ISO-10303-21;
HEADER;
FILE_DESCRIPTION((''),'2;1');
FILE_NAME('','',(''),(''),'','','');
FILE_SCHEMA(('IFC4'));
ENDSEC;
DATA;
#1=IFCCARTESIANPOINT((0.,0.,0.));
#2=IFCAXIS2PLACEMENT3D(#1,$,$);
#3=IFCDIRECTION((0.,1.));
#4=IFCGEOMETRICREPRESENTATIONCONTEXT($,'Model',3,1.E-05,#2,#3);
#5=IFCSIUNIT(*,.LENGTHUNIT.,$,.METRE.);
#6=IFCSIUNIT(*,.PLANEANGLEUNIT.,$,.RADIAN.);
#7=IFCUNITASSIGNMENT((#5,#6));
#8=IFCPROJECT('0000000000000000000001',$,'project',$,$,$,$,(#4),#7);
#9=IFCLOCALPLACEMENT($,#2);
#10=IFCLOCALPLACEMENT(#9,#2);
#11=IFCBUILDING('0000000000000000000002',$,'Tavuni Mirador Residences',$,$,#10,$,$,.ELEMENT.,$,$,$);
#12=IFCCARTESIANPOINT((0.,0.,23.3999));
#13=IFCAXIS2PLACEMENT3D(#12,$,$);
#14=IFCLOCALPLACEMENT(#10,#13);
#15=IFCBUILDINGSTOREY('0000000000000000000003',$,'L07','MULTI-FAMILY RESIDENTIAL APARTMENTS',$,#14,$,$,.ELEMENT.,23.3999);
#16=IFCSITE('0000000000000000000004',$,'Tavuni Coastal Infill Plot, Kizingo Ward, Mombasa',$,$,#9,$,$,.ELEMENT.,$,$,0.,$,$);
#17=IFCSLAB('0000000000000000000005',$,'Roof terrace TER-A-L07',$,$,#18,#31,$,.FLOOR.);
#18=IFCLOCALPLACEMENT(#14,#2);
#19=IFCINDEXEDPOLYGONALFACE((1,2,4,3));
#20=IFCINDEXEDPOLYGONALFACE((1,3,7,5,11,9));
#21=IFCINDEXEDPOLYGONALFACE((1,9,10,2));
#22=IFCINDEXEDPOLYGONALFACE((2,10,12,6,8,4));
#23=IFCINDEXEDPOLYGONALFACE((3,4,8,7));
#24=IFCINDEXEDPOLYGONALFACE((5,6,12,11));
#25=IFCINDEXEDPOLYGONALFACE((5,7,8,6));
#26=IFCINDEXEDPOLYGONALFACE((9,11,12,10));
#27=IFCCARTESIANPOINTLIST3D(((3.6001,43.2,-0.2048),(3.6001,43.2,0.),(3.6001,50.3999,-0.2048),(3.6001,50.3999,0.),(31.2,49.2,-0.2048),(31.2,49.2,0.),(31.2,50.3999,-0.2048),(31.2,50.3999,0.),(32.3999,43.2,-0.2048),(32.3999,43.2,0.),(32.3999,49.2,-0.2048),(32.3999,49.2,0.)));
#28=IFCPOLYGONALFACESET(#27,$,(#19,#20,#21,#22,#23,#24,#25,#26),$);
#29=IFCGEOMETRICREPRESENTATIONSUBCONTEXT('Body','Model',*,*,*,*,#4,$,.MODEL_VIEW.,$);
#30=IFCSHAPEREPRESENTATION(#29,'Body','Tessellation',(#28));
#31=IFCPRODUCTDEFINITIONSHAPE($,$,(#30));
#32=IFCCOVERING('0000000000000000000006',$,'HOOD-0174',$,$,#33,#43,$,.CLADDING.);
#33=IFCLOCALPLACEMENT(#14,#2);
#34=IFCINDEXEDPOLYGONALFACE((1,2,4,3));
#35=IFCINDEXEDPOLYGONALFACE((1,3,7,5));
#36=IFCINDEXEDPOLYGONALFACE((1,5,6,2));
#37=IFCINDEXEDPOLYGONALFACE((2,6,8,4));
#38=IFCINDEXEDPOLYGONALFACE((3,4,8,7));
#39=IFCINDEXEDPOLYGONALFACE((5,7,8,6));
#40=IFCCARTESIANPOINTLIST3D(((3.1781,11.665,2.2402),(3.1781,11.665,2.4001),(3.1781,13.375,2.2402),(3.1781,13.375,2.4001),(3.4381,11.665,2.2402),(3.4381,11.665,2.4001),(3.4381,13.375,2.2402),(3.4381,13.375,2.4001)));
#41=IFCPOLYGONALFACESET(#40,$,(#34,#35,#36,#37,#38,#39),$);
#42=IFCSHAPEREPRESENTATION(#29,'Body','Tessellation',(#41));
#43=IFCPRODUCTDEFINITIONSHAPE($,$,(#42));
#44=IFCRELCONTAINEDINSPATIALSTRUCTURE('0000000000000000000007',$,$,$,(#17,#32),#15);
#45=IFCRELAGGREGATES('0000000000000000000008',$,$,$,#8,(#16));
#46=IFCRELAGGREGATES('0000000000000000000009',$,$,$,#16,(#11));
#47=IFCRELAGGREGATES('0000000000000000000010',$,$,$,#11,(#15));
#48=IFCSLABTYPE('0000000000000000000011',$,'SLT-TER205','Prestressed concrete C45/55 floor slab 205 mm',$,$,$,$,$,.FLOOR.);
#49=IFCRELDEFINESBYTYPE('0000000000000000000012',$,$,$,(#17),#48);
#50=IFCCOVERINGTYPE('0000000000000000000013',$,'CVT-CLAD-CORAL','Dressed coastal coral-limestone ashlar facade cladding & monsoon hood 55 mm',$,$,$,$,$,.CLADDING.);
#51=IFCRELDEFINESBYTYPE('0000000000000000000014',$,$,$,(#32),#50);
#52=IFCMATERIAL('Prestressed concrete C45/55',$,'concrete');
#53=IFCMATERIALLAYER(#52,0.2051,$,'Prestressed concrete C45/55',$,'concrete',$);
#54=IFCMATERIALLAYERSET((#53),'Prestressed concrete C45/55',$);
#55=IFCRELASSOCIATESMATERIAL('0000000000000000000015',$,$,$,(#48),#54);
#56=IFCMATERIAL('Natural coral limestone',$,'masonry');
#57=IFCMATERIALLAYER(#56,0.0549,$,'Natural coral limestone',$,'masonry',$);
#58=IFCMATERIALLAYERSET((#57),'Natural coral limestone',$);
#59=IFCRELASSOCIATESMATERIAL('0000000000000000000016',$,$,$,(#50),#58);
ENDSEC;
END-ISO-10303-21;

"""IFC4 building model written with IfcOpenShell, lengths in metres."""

from ifc_helpers import new_model, si_unit, direction, frame, origin, origin_2d, place, context, subcontext, project, spatial, polyline, rectangle, outline, extrude, material, layer, layer_set, type_object, element, save


model = new_model("IFC4")

# Units and contexts
model_context = context("Model", 3, precision=1e-05, world=origin(), true_north=direction((0.0, 1.0)))
body_context = subcontext(model_context, "Body", "Model", "MODEL_VIEW")
ifc_project = project(units=[si_unit("LENGTHUNIT", "METRE"), si_unit("PLANEANGLEUNIT", "RADIAN")], contexts=[model_context])

# Site, building, storey
site_placement = place(None, origin())
site = spatial("IfcSite", under=ifc_project, at=site_placement, Name="Tavuni Coastal Infill Plot, Kizingo Ward, Mombasa", CompositionType="ELEMENT", RefElevation=0.0)
building_placement = place(site_placement, origin())
building = spatial("IfcBuilding", under=site, at=building_placement, Name="Tavuni Mirador Residences", CompositionType="ELEMENT")
storey_placement = place(building_placement, frame((0.0, 0.0, 23.3999)))
storey = spatial("IfcBuildingStorey", under=building, at=storey_placement, Name="L07", Description="MULTI-FAMILY RESIDENTIAL APARTMENTS", CompositionType="ELEMENT", Elevation=23.3999)

# Shared definitions
ifc_material_1 = material(Name="Prestressed concrete C45/55", Category="concrete")

# Slab
ifc_layer_1 = layer(ifc_material_1, 0.2051, Name="Prestressed concrete C45/55", Category="concrete")
ifc_layer_set_1 = layer_set([ifc_layer_1], Name="Prestressed concrete C45/55")
slab_type_1 = type_object("IfcSlabType", Name="SLT-TER205", Description="Prestressed concrete C45/55 floor slab 205 mm", PredefinedType="FLOOR", material=ifc_layer_set_1)
slab_1_placement = place(storey_placement, frame((0.0, 0.0, -0.2048)))
element("IfcSlab", 1, at=slab_1_placement, inside=storey, type_object=slab_type_1, Name="Roof terrace TER-A-L07", PredefinedType="FLOOR", context=body_context, shape_type="SweptSolid", body=[
    extrude(outline(polyline([(3.6001, 43.2), (32.3999, 43.2), (32.3999, 49.2), (31.2, 49.2), (31.2, 50.3999), (3.6001, 50.3999), (3.6001, 43.2)])), origin(), (0.0, 0.0, 1.0), 0.2048),
])

# Covering
ifc_material_2 = material(Name="Natural coral limestone", Category="masonry")
ifc_layer_2 = layer(ifc_material_2, 0.0549, Name="Natural coral limestone", Category="masonry")
ifc_layer_set_2 = layer_set([ifc_layer_2], Name="Natural coral limestone")
covering_type = type_object("IfcCoveringType", Name="CVT-CLAD-CORAL", Description="Dressed coastal coral-limestone ashlar facade cladding & monsoon hood 55 mm", PredefinedType="CLADDING", material=ifc_layer_set_2)
covering_placement = place(storey_placement, frame((3.3081, 12.52, 2.2402), z_axis=(0.0, 0.0, 1.0), x_axis=(0.0, -1.0, 0.0)))
element("IfcCovering", 2, at=covering_placement, inside=storey, type_object=covering_type, Name="HOOD-0174", PredefinedType="CLADDING", context=body_context, shape_type="SweptSolid", body=[
    extrude(rectangle(XDim=1.71, YDim=0.26, at=origin_2d()), origin(), (0.0, 0.0, 1.0), 0.1599),
])

save(model, "model.ifc")
